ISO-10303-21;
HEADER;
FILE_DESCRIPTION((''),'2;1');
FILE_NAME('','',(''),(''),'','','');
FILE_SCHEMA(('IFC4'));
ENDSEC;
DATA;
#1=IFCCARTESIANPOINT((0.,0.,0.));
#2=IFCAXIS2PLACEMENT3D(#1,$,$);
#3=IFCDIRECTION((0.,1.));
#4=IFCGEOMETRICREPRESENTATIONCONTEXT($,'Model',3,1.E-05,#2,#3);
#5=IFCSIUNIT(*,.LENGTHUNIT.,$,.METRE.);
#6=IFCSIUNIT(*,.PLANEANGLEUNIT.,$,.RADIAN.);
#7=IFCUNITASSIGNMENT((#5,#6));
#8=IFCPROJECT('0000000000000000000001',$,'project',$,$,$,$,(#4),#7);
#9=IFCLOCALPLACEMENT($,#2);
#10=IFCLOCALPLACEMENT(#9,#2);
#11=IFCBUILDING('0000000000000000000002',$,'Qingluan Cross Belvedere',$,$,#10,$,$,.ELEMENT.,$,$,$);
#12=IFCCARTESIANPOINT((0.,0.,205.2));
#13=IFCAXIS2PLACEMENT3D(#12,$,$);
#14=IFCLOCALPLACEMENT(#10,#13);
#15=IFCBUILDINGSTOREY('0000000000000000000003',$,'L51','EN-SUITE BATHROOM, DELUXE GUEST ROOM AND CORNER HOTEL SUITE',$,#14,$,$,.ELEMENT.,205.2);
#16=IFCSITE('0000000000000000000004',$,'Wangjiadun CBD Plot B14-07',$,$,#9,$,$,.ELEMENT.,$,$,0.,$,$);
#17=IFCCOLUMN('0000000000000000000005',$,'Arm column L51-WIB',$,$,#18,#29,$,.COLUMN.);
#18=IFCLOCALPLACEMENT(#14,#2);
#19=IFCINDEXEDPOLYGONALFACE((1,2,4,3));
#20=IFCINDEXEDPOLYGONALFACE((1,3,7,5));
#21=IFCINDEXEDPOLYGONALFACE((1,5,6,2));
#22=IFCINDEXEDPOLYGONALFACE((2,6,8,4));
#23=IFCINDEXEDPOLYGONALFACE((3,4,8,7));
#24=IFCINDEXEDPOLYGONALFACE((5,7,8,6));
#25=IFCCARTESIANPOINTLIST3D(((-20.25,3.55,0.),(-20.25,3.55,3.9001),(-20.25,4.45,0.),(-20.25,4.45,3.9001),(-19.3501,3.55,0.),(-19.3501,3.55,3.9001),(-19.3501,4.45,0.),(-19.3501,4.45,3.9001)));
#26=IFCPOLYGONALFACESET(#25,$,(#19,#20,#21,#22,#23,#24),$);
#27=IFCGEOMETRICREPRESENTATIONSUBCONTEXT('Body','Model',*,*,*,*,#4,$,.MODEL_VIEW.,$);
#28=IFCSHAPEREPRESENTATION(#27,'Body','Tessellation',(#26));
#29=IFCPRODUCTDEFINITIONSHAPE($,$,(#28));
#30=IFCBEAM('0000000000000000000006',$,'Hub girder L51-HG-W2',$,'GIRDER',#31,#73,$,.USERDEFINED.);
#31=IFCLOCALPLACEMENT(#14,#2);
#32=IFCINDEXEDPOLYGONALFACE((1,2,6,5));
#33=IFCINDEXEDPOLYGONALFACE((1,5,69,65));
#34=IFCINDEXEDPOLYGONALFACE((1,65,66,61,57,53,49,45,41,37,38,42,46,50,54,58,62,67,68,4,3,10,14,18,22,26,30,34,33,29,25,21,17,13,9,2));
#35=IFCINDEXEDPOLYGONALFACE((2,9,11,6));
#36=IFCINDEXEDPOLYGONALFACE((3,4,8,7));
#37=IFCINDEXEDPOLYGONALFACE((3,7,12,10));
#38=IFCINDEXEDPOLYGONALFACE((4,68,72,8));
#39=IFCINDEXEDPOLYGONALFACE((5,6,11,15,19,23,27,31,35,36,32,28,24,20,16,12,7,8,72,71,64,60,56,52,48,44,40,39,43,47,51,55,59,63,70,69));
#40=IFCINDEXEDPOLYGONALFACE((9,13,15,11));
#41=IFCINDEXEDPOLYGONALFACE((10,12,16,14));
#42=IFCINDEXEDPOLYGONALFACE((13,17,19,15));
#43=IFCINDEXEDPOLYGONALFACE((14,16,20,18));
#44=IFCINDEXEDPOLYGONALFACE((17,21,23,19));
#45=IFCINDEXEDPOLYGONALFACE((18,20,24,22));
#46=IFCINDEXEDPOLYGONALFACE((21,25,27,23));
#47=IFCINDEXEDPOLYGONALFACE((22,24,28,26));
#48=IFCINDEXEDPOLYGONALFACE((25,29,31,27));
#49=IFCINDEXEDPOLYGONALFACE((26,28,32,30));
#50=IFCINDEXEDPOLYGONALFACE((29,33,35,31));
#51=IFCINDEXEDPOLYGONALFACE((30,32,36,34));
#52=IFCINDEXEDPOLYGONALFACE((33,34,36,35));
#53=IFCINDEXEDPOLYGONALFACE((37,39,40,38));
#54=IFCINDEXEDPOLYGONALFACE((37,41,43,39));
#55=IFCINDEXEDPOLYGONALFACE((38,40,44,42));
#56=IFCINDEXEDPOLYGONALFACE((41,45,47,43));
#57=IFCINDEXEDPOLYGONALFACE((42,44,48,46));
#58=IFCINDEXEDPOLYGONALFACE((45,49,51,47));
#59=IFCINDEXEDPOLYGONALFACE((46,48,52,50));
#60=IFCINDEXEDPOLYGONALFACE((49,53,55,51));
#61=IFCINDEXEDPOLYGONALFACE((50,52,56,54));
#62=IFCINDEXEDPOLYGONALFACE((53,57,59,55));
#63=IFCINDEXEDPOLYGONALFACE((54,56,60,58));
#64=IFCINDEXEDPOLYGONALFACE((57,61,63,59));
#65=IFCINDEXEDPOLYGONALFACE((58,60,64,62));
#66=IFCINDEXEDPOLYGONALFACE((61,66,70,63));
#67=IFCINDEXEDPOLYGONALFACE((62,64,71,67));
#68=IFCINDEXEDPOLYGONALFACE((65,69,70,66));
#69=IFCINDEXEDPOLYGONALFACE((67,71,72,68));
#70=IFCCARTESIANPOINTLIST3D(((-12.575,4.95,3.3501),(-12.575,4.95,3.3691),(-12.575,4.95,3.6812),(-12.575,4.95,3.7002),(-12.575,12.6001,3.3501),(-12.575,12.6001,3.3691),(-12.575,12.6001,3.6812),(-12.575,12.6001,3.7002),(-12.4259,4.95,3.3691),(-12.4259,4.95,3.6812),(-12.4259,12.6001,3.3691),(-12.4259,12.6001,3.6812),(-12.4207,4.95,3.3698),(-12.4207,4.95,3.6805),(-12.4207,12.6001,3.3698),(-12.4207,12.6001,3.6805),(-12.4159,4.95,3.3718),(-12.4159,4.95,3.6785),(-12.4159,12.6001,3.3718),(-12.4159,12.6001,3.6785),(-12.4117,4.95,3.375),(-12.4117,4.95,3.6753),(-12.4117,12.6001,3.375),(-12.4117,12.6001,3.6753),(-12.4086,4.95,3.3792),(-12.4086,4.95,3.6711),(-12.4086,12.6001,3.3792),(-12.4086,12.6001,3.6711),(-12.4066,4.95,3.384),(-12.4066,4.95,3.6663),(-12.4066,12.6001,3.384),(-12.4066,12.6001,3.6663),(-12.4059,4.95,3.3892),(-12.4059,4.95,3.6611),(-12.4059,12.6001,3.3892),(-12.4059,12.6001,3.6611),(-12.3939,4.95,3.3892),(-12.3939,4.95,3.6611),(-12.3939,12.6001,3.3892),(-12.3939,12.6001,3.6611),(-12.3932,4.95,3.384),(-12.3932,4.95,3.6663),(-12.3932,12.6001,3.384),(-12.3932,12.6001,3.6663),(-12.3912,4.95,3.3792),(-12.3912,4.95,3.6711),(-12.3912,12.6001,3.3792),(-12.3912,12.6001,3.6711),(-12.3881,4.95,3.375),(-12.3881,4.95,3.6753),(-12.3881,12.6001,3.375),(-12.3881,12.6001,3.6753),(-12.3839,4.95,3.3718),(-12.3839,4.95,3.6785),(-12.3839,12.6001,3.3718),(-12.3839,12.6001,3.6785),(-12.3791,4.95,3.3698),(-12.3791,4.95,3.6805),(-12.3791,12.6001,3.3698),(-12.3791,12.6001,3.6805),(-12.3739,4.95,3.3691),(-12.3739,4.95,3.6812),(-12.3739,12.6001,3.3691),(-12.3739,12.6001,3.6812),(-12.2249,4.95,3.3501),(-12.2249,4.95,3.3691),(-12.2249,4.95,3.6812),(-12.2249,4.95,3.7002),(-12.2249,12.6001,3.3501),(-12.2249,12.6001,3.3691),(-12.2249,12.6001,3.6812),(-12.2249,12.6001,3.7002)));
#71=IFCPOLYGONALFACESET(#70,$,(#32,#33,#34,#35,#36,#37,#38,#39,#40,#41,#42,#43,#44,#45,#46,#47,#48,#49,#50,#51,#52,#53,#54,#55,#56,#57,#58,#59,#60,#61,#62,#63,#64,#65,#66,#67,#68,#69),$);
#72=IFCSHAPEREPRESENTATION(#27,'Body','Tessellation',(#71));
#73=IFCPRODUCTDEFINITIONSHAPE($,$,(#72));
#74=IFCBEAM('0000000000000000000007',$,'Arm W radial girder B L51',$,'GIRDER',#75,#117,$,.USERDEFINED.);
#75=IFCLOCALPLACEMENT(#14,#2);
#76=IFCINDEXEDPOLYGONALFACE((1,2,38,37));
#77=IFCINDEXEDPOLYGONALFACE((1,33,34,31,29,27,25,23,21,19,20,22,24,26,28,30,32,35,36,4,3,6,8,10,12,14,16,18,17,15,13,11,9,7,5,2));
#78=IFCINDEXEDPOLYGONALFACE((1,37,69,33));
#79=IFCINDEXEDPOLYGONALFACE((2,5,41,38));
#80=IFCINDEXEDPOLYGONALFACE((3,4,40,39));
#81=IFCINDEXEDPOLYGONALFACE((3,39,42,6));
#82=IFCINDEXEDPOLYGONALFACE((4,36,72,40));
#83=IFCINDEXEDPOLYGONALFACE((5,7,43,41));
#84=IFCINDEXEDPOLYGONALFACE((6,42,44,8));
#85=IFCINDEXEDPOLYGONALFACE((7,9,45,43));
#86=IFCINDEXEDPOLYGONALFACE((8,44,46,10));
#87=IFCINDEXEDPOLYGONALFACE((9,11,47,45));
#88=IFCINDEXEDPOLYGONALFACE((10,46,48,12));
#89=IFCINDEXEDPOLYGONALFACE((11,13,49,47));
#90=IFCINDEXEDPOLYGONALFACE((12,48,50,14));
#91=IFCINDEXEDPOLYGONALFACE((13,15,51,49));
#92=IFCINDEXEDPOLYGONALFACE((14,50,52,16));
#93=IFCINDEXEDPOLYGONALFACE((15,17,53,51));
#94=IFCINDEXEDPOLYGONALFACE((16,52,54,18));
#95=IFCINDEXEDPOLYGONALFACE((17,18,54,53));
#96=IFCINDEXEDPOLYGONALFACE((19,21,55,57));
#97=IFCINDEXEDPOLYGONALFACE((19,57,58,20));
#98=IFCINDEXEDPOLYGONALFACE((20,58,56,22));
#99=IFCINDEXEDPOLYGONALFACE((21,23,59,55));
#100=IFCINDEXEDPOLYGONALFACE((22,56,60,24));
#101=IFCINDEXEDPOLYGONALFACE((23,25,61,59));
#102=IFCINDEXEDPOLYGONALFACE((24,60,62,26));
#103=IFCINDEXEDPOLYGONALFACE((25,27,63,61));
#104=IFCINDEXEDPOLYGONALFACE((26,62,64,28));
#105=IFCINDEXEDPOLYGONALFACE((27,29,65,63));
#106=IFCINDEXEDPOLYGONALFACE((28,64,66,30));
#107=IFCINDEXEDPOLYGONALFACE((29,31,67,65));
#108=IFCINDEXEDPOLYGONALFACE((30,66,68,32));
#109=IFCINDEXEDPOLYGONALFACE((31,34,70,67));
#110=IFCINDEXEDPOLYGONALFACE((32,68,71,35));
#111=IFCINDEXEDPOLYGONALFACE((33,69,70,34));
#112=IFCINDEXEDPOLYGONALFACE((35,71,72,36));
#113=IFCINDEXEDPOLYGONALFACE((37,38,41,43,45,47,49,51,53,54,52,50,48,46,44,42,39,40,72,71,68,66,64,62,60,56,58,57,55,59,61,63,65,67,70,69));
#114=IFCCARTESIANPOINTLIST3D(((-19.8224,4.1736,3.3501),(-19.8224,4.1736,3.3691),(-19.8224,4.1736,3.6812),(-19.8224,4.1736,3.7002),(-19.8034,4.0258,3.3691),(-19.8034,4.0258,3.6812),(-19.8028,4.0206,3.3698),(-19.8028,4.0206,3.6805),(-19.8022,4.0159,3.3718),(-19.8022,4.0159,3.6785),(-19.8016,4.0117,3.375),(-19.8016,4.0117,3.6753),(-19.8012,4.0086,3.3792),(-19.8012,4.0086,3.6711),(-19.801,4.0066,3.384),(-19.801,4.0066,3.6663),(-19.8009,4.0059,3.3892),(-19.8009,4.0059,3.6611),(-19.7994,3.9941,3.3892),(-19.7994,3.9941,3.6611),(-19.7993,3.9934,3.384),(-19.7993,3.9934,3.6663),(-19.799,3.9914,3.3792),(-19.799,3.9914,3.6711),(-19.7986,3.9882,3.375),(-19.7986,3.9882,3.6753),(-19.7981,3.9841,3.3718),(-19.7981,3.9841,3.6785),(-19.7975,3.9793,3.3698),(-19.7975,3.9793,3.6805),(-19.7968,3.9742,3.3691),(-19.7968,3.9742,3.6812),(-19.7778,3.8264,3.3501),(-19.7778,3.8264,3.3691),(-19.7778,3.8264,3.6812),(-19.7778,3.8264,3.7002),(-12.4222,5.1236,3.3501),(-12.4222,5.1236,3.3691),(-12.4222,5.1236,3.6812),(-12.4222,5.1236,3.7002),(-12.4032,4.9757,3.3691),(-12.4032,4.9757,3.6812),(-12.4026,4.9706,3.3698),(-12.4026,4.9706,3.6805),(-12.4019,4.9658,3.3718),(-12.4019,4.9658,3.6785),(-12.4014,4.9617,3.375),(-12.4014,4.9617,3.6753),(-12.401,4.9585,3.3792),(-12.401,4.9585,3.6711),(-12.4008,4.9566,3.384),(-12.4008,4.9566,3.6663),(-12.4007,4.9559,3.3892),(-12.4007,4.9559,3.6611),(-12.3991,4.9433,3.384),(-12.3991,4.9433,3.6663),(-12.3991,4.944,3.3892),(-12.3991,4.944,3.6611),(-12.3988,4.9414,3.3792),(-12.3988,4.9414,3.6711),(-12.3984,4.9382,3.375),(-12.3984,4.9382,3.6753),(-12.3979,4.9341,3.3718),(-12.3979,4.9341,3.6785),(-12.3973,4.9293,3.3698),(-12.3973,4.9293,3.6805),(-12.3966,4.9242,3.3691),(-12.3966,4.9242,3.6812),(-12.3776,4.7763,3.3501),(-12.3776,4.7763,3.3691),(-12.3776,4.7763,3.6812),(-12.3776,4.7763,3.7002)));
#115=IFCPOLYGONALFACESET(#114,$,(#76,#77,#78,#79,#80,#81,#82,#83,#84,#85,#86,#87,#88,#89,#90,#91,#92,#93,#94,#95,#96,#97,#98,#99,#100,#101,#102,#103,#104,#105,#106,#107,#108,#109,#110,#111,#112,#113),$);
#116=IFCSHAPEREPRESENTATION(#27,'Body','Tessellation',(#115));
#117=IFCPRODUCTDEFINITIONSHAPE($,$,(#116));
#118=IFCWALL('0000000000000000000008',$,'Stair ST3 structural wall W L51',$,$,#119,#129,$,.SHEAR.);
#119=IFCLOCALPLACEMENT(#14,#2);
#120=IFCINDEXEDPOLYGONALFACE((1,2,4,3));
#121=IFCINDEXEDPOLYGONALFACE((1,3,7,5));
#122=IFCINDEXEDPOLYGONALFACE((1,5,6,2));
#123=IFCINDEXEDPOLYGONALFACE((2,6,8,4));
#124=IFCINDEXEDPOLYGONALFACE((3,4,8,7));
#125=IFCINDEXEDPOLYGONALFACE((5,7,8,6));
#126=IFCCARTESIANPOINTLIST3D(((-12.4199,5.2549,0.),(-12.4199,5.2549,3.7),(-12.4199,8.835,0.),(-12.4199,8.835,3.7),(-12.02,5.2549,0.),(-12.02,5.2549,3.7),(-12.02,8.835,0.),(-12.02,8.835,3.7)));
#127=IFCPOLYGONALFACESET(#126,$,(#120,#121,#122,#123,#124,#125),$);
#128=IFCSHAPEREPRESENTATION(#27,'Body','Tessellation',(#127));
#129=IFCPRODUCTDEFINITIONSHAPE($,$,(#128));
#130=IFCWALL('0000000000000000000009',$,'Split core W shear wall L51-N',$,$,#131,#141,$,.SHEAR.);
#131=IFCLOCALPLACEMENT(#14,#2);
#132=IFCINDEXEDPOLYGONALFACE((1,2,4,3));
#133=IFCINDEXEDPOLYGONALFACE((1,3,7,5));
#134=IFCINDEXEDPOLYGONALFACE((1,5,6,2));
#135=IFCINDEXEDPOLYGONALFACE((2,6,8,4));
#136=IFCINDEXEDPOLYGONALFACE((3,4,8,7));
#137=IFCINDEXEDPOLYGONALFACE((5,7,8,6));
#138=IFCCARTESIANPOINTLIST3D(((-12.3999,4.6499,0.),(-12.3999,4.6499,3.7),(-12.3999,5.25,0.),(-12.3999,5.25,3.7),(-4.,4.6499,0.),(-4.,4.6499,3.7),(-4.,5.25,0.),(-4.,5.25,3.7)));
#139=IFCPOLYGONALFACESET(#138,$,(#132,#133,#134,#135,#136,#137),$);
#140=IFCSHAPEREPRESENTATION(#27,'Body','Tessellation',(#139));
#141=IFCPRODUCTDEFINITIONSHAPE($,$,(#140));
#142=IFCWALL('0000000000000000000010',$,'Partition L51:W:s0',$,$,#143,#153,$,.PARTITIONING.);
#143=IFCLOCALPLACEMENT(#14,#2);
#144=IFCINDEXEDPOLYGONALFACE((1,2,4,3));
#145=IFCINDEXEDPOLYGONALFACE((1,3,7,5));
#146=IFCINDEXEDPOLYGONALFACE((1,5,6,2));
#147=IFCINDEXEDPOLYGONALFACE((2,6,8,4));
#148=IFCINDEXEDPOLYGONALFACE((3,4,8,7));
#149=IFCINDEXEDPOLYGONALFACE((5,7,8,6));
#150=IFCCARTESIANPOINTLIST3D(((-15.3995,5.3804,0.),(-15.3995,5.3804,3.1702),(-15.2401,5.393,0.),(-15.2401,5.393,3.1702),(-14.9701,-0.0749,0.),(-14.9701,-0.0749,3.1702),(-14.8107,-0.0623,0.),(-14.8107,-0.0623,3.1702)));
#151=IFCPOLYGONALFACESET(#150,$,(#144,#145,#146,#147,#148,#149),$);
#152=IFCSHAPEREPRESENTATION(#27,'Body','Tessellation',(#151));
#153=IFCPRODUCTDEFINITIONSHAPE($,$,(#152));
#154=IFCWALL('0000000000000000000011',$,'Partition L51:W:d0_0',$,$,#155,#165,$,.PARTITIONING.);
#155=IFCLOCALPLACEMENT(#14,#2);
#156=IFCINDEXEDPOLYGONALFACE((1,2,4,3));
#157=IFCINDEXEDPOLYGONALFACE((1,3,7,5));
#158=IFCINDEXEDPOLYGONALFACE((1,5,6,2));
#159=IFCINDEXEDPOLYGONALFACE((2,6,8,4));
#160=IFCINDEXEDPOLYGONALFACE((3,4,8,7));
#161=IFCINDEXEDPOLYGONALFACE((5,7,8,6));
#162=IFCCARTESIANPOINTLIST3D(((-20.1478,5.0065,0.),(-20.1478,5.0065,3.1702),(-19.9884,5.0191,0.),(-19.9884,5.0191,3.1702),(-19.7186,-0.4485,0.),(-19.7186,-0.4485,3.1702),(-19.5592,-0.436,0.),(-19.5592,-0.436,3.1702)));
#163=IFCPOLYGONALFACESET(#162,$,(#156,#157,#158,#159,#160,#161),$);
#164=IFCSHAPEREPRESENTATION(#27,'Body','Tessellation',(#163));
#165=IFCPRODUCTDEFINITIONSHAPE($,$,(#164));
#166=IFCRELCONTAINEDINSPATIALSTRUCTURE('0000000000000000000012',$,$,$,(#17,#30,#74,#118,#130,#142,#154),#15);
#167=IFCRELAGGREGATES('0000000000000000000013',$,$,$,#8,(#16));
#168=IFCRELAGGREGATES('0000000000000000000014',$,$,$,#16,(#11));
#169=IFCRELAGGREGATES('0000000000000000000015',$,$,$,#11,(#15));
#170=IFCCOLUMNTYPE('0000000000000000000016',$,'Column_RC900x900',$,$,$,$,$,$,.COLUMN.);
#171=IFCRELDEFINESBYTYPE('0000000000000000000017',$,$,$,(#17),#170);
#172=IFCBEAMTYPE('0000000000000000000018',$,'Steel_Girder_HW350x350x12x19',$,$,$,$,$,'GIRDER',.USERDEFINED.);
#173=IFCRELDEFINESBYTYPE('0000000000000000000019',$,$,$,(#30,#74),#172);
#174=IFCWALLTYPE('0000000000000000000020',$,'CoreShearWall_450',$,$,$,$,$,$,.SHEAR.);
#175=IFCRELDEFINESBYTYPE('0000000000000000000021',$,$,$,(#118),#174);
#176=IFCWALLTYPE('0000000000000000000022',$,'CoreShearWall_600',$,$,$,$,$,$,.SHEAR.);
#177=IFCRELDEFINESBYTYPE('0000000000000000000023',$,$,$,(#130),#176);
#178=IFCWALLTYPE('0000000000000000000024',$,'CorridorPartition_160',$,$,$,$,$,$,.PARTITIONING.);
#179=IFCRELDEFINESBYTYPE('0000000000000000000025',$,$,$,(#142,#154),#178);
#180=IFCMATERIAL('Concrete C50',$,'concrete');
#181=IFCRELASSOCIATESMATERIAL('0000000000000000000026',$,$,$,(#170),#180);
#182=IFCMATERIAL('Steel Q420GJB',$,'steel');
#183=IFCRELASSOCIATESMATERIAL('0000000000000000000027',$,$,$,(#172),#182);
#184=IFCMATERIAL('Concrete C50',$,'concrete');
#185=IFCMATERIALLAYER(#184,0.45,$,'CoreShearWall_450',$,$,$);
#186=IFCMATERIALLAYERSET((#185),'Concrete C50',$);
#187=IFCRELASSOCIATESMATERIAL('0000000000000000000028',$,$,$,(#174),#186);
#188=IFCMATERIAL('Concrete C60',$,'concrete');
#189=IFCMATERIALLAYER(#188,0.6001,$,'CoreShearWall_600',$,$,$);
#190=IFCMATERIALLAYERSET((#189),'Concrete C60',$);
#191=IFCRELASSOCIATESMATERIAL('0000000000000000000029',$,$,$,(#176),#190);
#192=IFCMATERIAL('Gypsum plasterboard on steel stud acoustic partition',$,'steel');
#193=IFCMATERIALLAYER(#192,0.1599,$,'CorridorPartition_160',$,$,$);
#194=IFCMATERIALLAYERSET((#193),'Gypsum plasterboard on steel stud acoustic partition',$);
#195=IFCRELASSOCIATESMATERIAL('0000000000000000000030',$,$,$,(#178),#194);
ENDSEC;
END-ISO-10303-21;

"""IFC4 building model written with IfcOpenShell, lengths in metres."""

from ifc_helpers import new_model, si_unit, direction, frame, frame_2d, origin, origin_2d, place, context, subcontext, project, spatial, rectangle, i_section, extrude, material, layer, layer_set, material_profile, profile_set, type_object, element, save


model = new_model("IFC4")

# Units and contexts
model_context = context("Model", 3, precision=1e-05, world=origin(), true_north=direction((0.0, 1.0)))
body_context = subcontext(model_context, "Body", "Model", "MODEL_VIEW")
ifc_project = project(units=[si_unit("LENGTHUNIT", "METRE"), si_unit("PLANEANGLEUNIT", "RADIAN")], contexts=[model_context])

# Site, building, storey
site_placement = place(None, origin())
site = spatial("IfcSite", under=ifc_project, at=site_placement, Name="Wangjiadun CBD Plot B14-07", CompositionType="ELEMENT", RefElevation=0.0)
building_placement = place(site_placement, origin())
building = spatial("IfcBuilding", under=site, at=building_placement, Name="Qingluan Cross Belvedere", CompositionType="ELEMENT")
storey_placement = place(building_placement, frame((0.0, 0.0, 205.2)))
storey = spatial("IfcBuildingStorey", under=building, at=storey_placement, Name="L51", Description="EN-SUITE BATHROOM, DELUXE GUEST ROOM AND CORNER HOTEL SUITE", CompositionType="ELEMENT", Elevation=205.2)

# Column
ifc_material_1 = material(Name="Concrete C50", Category="concrete")
ifc_material_profile_1 = material_profile(ifc_material_1, rectangle(XDim=0.8999, YDim=0.8999, at=origin_2d()), Name="RC900x900")
ifc_profile_set_1 = profile_set([ifc_material_profile_1], Name="Concrete C50")
column_type = type_object("IfcColumnType", Name="Column_RC900x900", PredefinedType="COLUMN", material=ifc_profile_set_1)
column_placement = place(storey_placement, frame((-19.8, 4.0, 0.0), z_axis=(0.0, 0.0, 1.0), x_axis=(1.0, 0.0, 0.0)))
element("IfcColumn", 1, at=column_placement, inside=storey, type_object=column_type, Name="Arm column L51-WIB", PredefinedType="COLUMN", context=body_context, shape_type="SweptSolid", body=[
    extrude(rectangle(XDim=0.8999, YDim=0.8999, at=origin_2d()), origin(), (0.0, 0.0, 1.0), 3.9001),
])

# Beams
ifc_material_2 = material(Name="Steel Q420GJB", Category="steel")
ifc_material_profile_2 = material_profile(ifc_material_2, i_section(OverallWidth=0.3501, OverallDepth=0.3501, WebThickness=0.012, FlangeThickness=0.019, FilletRadius=0.02, at=origin_2d()), Name="HW350x350x12x19")
ifc_profile_set_2 = profile_set([ifc_material_profile_2], Name="Steel Q420GJB")
beam_type = type_object("IfcBeamType", Name="Steel_Girder_HW350x350x12x19", ElementType="GIRDER", PredefinedType="USERDEFINED", material=ifc_profile_set_2)
beam_1_placement = place(storey_placement, frame((-12.3999, 4.95, 3.5251), z_axis=(0.0, 1.0, 0.0), x_axis=(-1.0, 0.0, 0.0)))
element("IfcBeam", 2, at=beam_1_placement, inside=storey, type_object=beam_type, Name="Hub girder L51-HG-W2", ObjectType="GIRDER", PredefinedType="USERDEFINED", context=body_context, shape_type="SweptSolid", body=[
    extrude(i_section(OverallWidth=0.3501, OverallDepth=0.3501, WebThickness=0.012, FlangeThickness=0.019, FilletRadius=0.02, at=origin_2d()), origin(), (0.0, 0.0, 1.0), 7.6501),
])
beam_2_placement = place(storey_placement, frame((-12.3999, 4.95, 3.5251), z_axis=(-0.991861, -0.127324, 0.0), x_axis=(0.127324, -0.991861, 0.0)))
element("IfcBeam", 3, at=beam_2_placement, inside=storey, type_object=beam_type, Name="Arm W radial girder B L51", ObjectType="GIRDER", PredefinedType="USERDEFINED", context=body_context, shape_type="SweptSolid", body=[
    extrude(i_section(OverallWidth=0.3501, OverallDepth=0.3501, WebThickness=0.012, FlangeThickness=0.019, FilletRadius=0.02, at=origin_2d()), origin(), (0.0, 0.0, 1.0), 7.4609),
])

# Walls
ifc_material_3 = material(Name="Concrete C50", Category="concrete")
ifc_layer_1 = layer(ifc_material_3, 0.45, Name="CoreShearWall_450")
ifc_layer_set_1 = layer_set([ifc_layer_1], Name="Concrete C50")
wall_type_1 = type_object("IfcWallType", Name="CoreShearWall_450", PredefinedType="SHEAR", material=ifc_layer_set_1)
wall_1_placement = place(storey_placement, frame((-12.22, 5.2549, 0.0), z_axis=(0.0, 0.0, 1.0), x_axis=(0.0, 1.0, 0.0)))
element("IfcWall", 4, at=wall_1_placement, inside=storey, type_object=wall_type_1, Name="Stair ST3 structural wall W L51", PredefinedType="SHEAR", context=body_context, shape_type="SweptSolid", body=[
    extrude(rectangle(XDim=3.5801, YDim=0.3999, at=frame_2d((1.79, 0.0))), origin(), (0.0, 0.0, 1.0), 3.7),
])
ifc_material_4 = material(Name="Concrete C60", Category="concrete")
ifc_layer_2 = layer(ifc_material_4, 0.6001, Name="CoreShearWall_600")
ifc_layer_set_2 = layer_set([ifc_layer_2], Name="Concrete C60")
wall_type_2 = type_object("IfcWallType", Name="CoreShearWall_600", PredefinedType="SHEAR", material=ifc_layer_set_2)
wall_2_placement = place(storey_placement, frame((-12.3999, 4.95, 0.0), z_axis=(0.0, 0.0, 1.0), x_axis=(1.0, 0.0, 0.0)))
element("IfcWall", 5, at=wall_2_placement, inside=storey, type_object=wall_type_2, Name="Split core W shear wall L51-N", PredefinedType="SHEAR", context=body_context, shape_type="SweptSolid", body=[
    extrude(rectangle(XDim=8.3999, YDim=0.6001, at=frame_2d((4.2, 0.0))), origin(), (0.0, 0.0, 1.0), 3.7),
])

# Shared definitions
ifc_material_5 = material(Name="Gypsum plasterboard on steel stud acoustic partition", Category="steel")
ifc_layer_3 = layer(ifc_material_5, 0.1599, Name="CorridorPartition_160")
ifc_layer_set_3 = layer_set([ifc_layer_3], Name="Gypsum plasterboard on steel stud acoustic partition")
wall_type_3 = type_object("IfcWallType", Name="CorridorPartition_160", PredefinedType="PARTITIONING", material=ifc_layer_set_3)

# Walls
wall_3_placement = place(storey_placement, frame((-14.8904, -0.0686, 0.0), z_axis=(0.0, 0.0, 1.0), x_axis=(-0.078477, 0.996916, 0.0)))
element("IfcWall", 6, at=wall_3_placement, inside=storey, type_object=wall_type_3, Name="Partition L51:W:s0", PredefinedType="PARTITIONING", context=body_context, shape_type="SweptSolid", body=[
    extrude(rectangle(XDim=5.4722, YDim=0.1599, at=frame_2d((2.7361, 0.0))), origin(), (0.0, 0.0, 1.0), 3.1702),
])
wall_4_placement = place(storey_placement, frame((-19.6389, -0.4421, 0.0), z_axis=(0.0, 0.0, 1.0), x_axis=(-0.078436, 0.996919, 0.0)))
element("IfcWall", 7, at=wall_4_placement, inside=storey, type_object=wall_type_3, Name="Partition L51:W:d0_0", PredefinedType="PARTITIONING", context=body_context, shape_type="SweptSolid", body=[
    extrude(rectangle(XDim=5.4719, YDim=0.1599, at=frame_2d((2.7358, 0.0))), origin(), (0.0, 0.0, 1.0), 3.1702),
])

save(model, "model.ifc")
